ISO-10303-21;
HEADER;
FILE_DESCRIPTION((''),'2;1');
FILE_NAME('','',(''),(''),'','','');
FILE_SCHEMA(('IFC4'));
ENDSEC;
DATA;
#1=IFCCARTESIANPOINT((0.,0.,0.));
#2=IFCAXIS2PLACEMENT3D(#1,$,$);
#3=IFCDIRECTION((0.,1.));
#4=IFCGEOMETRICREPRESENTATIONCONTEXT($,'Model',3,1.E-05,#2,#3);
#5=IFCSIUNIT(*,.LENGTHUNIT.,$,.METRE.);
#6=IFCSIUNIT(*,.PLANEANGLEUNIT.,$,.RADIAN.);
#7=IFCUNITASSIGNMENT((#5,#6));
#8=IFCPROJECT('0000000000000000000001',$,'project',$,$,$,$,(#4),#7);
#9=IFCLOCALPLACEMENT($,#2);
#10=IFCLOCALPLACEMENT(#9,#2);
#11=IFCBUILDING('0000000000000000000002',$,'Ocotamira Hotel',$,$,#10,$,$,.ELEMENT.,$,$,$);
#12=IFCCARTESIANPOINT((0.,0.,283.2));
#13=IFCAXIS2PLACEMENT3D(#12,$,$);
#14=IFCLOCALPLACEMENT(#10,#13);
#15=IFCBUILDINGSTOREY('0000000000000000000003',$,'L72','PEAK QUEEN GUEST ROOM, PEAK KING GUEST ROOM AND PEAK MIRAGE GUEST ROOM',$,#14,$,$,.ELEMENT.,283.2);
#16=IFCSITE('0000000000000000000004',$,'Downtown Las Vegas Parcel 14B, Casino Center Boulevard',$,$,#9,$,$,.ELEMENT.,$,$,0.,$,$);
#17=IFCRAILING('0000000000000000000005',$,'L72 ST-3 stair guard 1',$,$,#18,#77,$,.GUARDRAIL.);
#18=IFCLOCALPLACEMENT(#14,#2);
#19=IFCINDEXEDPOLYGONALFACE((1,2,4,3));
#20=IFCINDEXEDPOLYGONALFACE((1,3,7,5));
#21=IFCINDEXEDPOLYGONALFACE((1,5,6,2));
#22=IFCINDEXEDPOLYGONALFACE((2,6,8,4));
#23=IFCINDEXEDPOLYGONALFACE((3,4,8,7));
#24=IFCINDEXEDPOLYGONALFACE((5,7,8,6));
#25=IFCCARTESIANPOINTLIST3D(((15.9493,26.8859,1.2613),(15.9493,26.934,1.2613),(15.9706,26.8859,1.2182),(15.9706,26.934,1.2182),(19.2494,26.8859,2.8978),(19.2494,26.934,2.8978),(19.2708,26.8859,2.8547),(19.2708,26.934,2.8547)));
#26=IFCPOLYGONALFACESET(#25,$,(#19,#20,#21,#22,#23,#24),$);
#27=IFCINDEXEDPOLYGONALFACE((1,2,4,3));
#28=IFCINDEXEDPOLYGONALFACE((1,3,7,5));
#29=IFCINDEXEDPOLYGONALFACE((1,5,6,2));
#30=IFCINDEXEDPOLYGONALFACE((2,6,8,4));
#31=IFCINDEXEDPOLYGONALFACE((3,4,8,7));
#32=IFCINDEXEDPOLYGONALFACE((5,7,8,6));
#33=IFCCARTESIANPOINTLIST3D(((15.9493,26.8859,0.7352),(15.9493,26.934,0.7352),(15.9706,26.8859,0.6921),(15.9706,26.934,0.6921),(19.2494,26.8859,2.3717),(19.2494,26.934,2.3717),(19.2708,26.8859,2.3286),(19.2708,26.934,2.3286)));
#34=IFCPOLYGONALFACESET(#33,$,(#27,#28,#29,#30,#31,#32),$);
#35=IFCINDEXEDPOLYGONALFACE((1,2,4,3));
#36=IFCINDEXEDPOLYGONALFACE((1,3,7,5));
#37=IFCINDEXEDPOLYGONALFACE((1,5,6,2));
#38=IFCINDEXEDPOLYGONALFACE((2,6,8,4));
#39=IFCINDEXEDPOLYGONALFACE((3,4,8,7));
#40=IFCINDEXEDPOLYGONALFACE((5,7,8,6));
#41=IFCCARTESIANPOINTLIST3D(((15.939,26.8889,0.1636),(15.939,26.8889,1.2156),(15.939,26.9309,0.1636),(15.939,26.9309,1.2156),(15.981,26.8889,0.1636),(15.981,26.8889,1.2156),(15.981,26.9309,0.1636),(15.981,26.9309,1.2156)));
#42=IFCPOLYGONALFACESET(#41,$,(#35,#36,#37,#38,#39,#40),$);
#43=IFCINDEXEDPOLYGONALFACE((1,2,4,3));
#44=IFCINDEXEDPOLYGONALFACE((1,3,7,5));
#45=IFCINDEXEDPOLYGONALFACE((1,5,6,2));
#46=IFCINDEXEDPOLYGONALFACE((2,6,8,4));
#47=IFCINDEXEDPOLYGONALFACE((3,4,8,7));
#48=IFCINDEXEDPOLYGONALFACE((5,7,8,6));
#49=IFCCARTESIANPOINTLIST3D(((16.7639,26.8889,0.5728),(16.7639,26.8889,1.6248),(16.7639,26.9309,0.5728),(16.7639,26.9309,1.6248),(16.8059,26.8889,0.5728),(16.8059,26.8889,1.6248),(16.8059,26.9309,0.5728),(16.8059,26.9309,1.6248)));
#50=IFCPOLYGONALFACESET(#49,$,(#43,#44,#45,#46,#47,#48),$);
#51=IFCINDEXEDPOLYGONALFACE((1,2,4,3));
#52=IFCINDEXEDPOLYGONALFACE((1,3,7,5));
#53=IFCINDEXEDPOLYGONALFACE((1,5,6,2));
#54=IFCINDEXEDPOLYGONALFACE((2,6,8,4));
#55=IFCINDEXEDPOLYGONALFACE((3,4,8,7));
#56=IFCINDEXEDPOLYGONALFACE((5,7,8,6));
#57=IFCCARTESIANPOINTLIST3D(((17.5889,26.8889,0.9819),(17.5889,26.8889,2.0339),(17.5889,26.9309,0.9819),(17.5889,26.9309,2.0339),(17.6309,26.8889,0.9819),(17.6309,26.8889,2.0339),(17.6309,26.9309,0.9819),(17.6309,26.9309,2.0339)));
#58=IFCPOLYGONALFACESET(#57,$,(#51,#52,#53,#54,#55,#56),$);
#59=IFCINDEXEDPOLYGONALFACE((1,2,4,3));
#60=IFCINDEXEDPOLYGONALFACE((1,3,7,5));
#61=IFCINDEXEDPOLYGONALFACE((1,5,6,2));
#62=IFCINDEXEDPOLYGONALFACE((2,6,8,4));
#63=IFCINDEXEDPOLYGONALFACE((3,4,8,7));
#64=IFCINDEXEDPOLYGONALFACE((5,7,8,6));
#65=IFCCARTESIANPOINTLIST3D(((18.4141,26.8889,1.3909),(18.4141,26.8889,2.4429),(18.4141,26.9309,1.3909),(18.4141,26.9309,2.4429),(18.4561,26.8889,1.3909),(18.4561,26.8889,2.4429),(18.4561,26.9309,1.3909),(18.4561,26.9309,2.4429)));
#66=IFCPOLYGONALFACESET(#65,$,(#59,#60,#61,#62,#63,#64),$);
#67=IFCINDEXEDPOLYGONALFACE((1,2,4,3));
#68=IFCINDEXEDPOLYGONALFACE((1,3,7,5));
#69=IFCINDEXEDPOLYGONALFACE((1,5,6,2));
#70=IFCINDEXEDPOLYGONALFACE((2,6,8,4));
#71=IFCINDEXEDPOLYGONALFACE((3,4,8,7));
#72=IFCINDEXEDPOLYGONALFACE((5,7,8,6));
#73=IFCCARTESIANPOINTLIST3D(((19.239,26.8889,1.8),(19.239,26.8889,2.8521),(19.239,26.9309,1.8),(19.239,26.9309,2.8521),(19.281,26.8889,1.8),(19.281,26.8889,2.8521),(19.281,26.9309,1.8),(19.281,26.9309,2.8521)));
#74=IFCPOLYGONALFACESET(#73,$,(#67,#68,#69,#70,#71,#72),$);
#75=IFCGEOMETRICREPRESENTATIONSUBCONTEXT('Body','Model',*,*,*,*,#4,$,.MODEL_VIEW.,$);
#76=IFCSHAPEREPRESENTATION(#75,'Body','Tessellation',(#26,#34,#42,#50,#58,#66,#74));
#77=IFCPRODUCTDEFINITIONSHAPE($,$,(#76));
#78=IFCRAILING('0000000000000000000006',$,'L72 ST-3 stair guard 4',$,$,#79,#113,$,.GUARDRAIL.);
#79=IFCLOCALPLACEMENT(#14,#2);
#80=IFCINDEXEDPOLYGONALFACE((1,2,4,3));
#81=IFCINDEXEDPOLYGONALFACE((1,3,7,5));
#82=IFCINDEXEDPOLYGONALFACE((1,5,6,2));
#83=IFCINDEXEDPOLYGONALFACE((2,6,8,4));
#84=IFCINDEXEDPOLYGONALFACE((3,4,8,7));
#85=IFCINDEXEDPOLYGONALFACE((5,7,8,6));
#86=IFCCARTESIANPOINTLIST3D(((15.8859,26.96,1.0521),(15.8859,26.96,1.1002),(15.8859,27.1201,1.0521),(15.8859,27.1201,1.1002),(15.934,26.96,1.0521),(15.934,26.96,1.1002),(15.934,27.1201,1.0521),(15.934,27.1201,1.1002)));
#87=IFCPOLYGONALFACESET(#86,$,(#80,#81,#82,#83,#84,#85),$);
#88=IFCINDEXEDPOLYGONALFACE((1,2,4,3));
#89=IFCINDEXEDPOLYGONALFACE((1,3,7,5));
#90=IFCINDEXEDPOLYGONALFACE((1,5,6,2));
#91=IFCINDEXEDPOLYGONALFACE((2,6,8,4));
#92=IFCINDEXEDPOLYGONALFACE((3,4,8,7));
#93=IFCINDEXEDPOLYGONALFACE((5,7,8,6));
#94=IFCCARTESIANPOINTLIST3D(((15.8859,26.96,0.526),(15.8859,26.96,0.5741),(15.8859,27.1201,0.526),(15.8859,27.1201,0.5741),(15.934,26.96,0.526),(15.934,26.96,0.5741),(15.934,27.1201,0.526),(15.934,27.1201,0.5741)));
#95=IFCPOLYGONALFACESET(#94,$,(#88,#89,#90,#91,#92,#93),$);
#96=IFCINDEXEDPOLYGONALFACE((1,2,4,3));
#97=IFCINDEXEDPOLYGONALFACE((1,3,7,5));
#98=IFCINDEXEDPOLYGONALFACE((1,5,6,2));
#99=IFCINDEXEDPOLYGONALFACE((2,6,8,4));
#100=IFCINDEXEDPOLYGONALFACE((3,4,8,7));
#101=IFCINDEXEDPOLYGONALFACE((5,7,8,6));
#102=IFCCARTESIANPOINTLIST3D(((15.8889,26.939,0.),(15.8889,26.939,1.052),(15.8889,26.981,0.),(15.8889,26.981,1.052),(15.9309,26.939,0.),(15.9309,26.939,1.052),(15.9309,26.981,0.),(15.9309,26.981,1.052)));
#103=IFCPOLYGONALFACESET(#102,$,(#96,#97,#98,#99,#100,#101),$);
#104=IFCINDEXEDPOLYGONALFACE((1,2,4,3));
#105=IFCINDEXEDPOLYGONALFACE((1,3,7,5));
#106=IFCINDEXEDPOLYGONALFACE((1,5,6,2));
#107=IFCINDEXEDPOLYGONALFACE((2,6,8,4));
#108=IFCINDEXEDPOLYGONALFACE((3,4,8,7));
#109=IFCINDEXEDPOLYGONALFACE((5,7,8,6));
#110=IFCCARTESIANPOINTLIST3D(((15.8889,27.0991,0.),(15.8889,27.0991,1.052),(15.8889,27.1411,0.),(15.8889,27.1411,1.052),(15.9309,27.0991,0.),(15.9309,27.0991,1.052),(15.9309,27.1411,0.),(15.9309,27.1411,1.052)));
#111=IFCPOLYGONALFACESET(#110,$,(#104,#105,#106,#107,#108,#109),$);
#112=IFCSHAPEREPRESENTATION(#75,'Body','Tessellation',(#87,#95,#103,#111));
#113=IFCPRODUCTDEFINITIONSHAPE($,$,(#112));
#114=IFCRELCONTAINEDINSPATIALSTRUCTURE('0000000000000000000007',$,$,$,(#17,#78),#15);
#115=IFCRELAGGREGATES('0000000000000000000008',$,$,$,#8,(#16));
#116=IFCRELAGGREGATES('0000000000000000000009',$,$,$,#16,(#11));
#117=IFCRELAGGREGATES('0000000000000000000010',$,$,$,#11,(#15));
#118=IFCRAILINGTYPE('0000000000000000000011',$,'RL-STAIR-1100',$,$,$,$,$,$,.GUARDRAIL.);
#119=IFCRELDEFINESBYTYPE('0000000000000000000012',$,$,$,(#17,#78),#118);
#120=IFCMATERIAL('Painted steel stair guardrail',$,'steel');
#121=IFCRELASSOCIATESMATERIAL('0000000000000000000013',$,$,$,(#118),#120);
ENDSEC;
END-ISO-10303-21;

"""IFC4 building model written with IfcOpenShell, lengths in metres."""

from ifc_helpers import new_model, si_unit, direction, frame, origin, origin_2d, place, context, subcontext, project, spatial, rectangle, extrude, material, type_object, element, save


model = new_model("IFC4")

# Units and contexts
model_context = context("Model", 3, precision=1e-05, world=origin(), true_north=direction((0.0, 1.0)))
body_context = subcontext(model_context, "Body", "Model", "MODEL_VIEW")
ifc_project = project(units=[si_unit("LENGTHUNIT", "METRE"), si_unit("PLANEANGLEUNIT", "RADIAN")], contexts=[model_context])

# Site, building, storey
site_placement = place(None, origin())
site = spatial("IfcSite", under=ifc_project, at=site_placement, Name="Downtown Las Vegas Parcel 14B, Casino Center Boulevard", CompositionType="ELEMENT", RefElevation=0.0)
building_placement = place(site_placement, origin())
building = spatial("IfcBuilding", under=site, at=building_placement, Name="Ocotamira Hotel", CompositionType="ELEMENT")
storey_placement = place(building_placement, frame((0.0, 0.0, 283.2)))
storey = spatial("IfcBuildingStorey", under=building, at=storey_placement, Name="L72", Description="PEAK QUEEN GUEST ROOM, PEAK KING GUEST ROOM AND PEAK MIRAGE GUEST ROOM", CompositionType="ELEMENT", Elevation=283.2)

# Railings
ifc_material_1 = material(Name="Painted steel stair guardrail", Category="steel")
railing_type_1 = type_object("IfcRailingType", Name="RL-STAIR-1100", PredefinedType="GUARDRAIL", material=ifc_material_1)
railing_1_placement = place(storey_placement, frame((15.96, 26.9099, 0.1636)))
element("IfcRailing", 1, at=railing_1_placement, inside=storey, type_object=railing_type_1, Name="L72 ST-3 stair guard 1", PredefinedType="GUARDRAIL", context=body_context, shape_type="SweptSolid", body=[
    extrude(rectangle(XDim=0.0481, YDim=0.0481, at=origin_2d()), frame((0.0, 0.0, 1.0762), z_axis=(0.895894, 0.0, 0.444268), x_axis=(0.0, 1.0, 0.0)), (0.0, 0.0, 1.0), 3.6836),
    extrude(rectangle(XDim=0.0481, YDim=0.0481, at=origin_2d()), frame((0.0, 0.0, 0.55), z_axis=(0.895894, 0.0, 0.444268), x_axis=(0.0, 1.0, 0.0)), (0.0, 0.0, 1.0), 3.6836),
    extrude(rectangle(XDim=0.042, YDim=0.042, at=origin_2d()), origin(), (0.0, 0.0, 1.0), 1.052),
    extrude(rectangle(XDim=0.042, YDim=0.042, at=origin_2d()), frame((0.825, 0.0, 0.4092)), (0.0, 0.0, 1.0), 1.052),
    extrude(rectangle(XDim=0.042, YDim=0.042, at=origin_2d()), frame((1.6499, 0.0, 0.8184)), (0.0, 0.0, 1.0), 1.052),
    extrude(rectangle(XDim=0.042, YDim=0.042, at=origin_2d()), frame((2.4751, 0.0, 1.2273)), (0.0, 0.0, 1.0), 1.052),
    extrude(rectangle(XDim=0.042, YDim=0.042, at=origin_2d()), frame((3.3, 0.0, 1.6365)), (0.0, 0.0, 1.0), 1.052),
])
railing_2_placement = place(storey_placement, frame((15.9099, 26.96, 0.0)))
element("IfcRailing", 2, at=railing_2_placement, inside=storey, type_object=railing_type_1, Name="L72 ST-3 stair guard 4", PredefinedType="GUARDRAIL", context=body_context, shape_type="SweptSolid", body=[
    extrude(rectangle(XDim=0.0481, YDim=0.0481, at=origin_2d()), frame((0.0, 0.0, 1.0762), z_axis=(0.0, 1.0, 0.0), x_axis=(-1.0, 0.0, 0.0)), (0.0, 0.0, 1.0), 0.1602),
    extrude(rectangle(XDim=0.0481, YDim=0.0481, at=origin_2d()), frame((0.0, 0.0, 0.55), z_axis=(0.0, 1.0, 0.0), x_axis=(-1.0, 0.0, 0.0)), (0.0, 0.0, 1.0), 0.1602),
    extrude(rectangle(XDim=0.042, YDim=0.042, at=origin_2d()), origin(), (0.0, 0.0, 1.0), 1.052),
    extrude(rectangle(XDim=0.042, YDim=0.042, at=origin_2d()), frame((0.0, 0.1602, 0.0)), (0.0, 0.0, 1.0), 1.052),
])

save(model, "model.ifc")
